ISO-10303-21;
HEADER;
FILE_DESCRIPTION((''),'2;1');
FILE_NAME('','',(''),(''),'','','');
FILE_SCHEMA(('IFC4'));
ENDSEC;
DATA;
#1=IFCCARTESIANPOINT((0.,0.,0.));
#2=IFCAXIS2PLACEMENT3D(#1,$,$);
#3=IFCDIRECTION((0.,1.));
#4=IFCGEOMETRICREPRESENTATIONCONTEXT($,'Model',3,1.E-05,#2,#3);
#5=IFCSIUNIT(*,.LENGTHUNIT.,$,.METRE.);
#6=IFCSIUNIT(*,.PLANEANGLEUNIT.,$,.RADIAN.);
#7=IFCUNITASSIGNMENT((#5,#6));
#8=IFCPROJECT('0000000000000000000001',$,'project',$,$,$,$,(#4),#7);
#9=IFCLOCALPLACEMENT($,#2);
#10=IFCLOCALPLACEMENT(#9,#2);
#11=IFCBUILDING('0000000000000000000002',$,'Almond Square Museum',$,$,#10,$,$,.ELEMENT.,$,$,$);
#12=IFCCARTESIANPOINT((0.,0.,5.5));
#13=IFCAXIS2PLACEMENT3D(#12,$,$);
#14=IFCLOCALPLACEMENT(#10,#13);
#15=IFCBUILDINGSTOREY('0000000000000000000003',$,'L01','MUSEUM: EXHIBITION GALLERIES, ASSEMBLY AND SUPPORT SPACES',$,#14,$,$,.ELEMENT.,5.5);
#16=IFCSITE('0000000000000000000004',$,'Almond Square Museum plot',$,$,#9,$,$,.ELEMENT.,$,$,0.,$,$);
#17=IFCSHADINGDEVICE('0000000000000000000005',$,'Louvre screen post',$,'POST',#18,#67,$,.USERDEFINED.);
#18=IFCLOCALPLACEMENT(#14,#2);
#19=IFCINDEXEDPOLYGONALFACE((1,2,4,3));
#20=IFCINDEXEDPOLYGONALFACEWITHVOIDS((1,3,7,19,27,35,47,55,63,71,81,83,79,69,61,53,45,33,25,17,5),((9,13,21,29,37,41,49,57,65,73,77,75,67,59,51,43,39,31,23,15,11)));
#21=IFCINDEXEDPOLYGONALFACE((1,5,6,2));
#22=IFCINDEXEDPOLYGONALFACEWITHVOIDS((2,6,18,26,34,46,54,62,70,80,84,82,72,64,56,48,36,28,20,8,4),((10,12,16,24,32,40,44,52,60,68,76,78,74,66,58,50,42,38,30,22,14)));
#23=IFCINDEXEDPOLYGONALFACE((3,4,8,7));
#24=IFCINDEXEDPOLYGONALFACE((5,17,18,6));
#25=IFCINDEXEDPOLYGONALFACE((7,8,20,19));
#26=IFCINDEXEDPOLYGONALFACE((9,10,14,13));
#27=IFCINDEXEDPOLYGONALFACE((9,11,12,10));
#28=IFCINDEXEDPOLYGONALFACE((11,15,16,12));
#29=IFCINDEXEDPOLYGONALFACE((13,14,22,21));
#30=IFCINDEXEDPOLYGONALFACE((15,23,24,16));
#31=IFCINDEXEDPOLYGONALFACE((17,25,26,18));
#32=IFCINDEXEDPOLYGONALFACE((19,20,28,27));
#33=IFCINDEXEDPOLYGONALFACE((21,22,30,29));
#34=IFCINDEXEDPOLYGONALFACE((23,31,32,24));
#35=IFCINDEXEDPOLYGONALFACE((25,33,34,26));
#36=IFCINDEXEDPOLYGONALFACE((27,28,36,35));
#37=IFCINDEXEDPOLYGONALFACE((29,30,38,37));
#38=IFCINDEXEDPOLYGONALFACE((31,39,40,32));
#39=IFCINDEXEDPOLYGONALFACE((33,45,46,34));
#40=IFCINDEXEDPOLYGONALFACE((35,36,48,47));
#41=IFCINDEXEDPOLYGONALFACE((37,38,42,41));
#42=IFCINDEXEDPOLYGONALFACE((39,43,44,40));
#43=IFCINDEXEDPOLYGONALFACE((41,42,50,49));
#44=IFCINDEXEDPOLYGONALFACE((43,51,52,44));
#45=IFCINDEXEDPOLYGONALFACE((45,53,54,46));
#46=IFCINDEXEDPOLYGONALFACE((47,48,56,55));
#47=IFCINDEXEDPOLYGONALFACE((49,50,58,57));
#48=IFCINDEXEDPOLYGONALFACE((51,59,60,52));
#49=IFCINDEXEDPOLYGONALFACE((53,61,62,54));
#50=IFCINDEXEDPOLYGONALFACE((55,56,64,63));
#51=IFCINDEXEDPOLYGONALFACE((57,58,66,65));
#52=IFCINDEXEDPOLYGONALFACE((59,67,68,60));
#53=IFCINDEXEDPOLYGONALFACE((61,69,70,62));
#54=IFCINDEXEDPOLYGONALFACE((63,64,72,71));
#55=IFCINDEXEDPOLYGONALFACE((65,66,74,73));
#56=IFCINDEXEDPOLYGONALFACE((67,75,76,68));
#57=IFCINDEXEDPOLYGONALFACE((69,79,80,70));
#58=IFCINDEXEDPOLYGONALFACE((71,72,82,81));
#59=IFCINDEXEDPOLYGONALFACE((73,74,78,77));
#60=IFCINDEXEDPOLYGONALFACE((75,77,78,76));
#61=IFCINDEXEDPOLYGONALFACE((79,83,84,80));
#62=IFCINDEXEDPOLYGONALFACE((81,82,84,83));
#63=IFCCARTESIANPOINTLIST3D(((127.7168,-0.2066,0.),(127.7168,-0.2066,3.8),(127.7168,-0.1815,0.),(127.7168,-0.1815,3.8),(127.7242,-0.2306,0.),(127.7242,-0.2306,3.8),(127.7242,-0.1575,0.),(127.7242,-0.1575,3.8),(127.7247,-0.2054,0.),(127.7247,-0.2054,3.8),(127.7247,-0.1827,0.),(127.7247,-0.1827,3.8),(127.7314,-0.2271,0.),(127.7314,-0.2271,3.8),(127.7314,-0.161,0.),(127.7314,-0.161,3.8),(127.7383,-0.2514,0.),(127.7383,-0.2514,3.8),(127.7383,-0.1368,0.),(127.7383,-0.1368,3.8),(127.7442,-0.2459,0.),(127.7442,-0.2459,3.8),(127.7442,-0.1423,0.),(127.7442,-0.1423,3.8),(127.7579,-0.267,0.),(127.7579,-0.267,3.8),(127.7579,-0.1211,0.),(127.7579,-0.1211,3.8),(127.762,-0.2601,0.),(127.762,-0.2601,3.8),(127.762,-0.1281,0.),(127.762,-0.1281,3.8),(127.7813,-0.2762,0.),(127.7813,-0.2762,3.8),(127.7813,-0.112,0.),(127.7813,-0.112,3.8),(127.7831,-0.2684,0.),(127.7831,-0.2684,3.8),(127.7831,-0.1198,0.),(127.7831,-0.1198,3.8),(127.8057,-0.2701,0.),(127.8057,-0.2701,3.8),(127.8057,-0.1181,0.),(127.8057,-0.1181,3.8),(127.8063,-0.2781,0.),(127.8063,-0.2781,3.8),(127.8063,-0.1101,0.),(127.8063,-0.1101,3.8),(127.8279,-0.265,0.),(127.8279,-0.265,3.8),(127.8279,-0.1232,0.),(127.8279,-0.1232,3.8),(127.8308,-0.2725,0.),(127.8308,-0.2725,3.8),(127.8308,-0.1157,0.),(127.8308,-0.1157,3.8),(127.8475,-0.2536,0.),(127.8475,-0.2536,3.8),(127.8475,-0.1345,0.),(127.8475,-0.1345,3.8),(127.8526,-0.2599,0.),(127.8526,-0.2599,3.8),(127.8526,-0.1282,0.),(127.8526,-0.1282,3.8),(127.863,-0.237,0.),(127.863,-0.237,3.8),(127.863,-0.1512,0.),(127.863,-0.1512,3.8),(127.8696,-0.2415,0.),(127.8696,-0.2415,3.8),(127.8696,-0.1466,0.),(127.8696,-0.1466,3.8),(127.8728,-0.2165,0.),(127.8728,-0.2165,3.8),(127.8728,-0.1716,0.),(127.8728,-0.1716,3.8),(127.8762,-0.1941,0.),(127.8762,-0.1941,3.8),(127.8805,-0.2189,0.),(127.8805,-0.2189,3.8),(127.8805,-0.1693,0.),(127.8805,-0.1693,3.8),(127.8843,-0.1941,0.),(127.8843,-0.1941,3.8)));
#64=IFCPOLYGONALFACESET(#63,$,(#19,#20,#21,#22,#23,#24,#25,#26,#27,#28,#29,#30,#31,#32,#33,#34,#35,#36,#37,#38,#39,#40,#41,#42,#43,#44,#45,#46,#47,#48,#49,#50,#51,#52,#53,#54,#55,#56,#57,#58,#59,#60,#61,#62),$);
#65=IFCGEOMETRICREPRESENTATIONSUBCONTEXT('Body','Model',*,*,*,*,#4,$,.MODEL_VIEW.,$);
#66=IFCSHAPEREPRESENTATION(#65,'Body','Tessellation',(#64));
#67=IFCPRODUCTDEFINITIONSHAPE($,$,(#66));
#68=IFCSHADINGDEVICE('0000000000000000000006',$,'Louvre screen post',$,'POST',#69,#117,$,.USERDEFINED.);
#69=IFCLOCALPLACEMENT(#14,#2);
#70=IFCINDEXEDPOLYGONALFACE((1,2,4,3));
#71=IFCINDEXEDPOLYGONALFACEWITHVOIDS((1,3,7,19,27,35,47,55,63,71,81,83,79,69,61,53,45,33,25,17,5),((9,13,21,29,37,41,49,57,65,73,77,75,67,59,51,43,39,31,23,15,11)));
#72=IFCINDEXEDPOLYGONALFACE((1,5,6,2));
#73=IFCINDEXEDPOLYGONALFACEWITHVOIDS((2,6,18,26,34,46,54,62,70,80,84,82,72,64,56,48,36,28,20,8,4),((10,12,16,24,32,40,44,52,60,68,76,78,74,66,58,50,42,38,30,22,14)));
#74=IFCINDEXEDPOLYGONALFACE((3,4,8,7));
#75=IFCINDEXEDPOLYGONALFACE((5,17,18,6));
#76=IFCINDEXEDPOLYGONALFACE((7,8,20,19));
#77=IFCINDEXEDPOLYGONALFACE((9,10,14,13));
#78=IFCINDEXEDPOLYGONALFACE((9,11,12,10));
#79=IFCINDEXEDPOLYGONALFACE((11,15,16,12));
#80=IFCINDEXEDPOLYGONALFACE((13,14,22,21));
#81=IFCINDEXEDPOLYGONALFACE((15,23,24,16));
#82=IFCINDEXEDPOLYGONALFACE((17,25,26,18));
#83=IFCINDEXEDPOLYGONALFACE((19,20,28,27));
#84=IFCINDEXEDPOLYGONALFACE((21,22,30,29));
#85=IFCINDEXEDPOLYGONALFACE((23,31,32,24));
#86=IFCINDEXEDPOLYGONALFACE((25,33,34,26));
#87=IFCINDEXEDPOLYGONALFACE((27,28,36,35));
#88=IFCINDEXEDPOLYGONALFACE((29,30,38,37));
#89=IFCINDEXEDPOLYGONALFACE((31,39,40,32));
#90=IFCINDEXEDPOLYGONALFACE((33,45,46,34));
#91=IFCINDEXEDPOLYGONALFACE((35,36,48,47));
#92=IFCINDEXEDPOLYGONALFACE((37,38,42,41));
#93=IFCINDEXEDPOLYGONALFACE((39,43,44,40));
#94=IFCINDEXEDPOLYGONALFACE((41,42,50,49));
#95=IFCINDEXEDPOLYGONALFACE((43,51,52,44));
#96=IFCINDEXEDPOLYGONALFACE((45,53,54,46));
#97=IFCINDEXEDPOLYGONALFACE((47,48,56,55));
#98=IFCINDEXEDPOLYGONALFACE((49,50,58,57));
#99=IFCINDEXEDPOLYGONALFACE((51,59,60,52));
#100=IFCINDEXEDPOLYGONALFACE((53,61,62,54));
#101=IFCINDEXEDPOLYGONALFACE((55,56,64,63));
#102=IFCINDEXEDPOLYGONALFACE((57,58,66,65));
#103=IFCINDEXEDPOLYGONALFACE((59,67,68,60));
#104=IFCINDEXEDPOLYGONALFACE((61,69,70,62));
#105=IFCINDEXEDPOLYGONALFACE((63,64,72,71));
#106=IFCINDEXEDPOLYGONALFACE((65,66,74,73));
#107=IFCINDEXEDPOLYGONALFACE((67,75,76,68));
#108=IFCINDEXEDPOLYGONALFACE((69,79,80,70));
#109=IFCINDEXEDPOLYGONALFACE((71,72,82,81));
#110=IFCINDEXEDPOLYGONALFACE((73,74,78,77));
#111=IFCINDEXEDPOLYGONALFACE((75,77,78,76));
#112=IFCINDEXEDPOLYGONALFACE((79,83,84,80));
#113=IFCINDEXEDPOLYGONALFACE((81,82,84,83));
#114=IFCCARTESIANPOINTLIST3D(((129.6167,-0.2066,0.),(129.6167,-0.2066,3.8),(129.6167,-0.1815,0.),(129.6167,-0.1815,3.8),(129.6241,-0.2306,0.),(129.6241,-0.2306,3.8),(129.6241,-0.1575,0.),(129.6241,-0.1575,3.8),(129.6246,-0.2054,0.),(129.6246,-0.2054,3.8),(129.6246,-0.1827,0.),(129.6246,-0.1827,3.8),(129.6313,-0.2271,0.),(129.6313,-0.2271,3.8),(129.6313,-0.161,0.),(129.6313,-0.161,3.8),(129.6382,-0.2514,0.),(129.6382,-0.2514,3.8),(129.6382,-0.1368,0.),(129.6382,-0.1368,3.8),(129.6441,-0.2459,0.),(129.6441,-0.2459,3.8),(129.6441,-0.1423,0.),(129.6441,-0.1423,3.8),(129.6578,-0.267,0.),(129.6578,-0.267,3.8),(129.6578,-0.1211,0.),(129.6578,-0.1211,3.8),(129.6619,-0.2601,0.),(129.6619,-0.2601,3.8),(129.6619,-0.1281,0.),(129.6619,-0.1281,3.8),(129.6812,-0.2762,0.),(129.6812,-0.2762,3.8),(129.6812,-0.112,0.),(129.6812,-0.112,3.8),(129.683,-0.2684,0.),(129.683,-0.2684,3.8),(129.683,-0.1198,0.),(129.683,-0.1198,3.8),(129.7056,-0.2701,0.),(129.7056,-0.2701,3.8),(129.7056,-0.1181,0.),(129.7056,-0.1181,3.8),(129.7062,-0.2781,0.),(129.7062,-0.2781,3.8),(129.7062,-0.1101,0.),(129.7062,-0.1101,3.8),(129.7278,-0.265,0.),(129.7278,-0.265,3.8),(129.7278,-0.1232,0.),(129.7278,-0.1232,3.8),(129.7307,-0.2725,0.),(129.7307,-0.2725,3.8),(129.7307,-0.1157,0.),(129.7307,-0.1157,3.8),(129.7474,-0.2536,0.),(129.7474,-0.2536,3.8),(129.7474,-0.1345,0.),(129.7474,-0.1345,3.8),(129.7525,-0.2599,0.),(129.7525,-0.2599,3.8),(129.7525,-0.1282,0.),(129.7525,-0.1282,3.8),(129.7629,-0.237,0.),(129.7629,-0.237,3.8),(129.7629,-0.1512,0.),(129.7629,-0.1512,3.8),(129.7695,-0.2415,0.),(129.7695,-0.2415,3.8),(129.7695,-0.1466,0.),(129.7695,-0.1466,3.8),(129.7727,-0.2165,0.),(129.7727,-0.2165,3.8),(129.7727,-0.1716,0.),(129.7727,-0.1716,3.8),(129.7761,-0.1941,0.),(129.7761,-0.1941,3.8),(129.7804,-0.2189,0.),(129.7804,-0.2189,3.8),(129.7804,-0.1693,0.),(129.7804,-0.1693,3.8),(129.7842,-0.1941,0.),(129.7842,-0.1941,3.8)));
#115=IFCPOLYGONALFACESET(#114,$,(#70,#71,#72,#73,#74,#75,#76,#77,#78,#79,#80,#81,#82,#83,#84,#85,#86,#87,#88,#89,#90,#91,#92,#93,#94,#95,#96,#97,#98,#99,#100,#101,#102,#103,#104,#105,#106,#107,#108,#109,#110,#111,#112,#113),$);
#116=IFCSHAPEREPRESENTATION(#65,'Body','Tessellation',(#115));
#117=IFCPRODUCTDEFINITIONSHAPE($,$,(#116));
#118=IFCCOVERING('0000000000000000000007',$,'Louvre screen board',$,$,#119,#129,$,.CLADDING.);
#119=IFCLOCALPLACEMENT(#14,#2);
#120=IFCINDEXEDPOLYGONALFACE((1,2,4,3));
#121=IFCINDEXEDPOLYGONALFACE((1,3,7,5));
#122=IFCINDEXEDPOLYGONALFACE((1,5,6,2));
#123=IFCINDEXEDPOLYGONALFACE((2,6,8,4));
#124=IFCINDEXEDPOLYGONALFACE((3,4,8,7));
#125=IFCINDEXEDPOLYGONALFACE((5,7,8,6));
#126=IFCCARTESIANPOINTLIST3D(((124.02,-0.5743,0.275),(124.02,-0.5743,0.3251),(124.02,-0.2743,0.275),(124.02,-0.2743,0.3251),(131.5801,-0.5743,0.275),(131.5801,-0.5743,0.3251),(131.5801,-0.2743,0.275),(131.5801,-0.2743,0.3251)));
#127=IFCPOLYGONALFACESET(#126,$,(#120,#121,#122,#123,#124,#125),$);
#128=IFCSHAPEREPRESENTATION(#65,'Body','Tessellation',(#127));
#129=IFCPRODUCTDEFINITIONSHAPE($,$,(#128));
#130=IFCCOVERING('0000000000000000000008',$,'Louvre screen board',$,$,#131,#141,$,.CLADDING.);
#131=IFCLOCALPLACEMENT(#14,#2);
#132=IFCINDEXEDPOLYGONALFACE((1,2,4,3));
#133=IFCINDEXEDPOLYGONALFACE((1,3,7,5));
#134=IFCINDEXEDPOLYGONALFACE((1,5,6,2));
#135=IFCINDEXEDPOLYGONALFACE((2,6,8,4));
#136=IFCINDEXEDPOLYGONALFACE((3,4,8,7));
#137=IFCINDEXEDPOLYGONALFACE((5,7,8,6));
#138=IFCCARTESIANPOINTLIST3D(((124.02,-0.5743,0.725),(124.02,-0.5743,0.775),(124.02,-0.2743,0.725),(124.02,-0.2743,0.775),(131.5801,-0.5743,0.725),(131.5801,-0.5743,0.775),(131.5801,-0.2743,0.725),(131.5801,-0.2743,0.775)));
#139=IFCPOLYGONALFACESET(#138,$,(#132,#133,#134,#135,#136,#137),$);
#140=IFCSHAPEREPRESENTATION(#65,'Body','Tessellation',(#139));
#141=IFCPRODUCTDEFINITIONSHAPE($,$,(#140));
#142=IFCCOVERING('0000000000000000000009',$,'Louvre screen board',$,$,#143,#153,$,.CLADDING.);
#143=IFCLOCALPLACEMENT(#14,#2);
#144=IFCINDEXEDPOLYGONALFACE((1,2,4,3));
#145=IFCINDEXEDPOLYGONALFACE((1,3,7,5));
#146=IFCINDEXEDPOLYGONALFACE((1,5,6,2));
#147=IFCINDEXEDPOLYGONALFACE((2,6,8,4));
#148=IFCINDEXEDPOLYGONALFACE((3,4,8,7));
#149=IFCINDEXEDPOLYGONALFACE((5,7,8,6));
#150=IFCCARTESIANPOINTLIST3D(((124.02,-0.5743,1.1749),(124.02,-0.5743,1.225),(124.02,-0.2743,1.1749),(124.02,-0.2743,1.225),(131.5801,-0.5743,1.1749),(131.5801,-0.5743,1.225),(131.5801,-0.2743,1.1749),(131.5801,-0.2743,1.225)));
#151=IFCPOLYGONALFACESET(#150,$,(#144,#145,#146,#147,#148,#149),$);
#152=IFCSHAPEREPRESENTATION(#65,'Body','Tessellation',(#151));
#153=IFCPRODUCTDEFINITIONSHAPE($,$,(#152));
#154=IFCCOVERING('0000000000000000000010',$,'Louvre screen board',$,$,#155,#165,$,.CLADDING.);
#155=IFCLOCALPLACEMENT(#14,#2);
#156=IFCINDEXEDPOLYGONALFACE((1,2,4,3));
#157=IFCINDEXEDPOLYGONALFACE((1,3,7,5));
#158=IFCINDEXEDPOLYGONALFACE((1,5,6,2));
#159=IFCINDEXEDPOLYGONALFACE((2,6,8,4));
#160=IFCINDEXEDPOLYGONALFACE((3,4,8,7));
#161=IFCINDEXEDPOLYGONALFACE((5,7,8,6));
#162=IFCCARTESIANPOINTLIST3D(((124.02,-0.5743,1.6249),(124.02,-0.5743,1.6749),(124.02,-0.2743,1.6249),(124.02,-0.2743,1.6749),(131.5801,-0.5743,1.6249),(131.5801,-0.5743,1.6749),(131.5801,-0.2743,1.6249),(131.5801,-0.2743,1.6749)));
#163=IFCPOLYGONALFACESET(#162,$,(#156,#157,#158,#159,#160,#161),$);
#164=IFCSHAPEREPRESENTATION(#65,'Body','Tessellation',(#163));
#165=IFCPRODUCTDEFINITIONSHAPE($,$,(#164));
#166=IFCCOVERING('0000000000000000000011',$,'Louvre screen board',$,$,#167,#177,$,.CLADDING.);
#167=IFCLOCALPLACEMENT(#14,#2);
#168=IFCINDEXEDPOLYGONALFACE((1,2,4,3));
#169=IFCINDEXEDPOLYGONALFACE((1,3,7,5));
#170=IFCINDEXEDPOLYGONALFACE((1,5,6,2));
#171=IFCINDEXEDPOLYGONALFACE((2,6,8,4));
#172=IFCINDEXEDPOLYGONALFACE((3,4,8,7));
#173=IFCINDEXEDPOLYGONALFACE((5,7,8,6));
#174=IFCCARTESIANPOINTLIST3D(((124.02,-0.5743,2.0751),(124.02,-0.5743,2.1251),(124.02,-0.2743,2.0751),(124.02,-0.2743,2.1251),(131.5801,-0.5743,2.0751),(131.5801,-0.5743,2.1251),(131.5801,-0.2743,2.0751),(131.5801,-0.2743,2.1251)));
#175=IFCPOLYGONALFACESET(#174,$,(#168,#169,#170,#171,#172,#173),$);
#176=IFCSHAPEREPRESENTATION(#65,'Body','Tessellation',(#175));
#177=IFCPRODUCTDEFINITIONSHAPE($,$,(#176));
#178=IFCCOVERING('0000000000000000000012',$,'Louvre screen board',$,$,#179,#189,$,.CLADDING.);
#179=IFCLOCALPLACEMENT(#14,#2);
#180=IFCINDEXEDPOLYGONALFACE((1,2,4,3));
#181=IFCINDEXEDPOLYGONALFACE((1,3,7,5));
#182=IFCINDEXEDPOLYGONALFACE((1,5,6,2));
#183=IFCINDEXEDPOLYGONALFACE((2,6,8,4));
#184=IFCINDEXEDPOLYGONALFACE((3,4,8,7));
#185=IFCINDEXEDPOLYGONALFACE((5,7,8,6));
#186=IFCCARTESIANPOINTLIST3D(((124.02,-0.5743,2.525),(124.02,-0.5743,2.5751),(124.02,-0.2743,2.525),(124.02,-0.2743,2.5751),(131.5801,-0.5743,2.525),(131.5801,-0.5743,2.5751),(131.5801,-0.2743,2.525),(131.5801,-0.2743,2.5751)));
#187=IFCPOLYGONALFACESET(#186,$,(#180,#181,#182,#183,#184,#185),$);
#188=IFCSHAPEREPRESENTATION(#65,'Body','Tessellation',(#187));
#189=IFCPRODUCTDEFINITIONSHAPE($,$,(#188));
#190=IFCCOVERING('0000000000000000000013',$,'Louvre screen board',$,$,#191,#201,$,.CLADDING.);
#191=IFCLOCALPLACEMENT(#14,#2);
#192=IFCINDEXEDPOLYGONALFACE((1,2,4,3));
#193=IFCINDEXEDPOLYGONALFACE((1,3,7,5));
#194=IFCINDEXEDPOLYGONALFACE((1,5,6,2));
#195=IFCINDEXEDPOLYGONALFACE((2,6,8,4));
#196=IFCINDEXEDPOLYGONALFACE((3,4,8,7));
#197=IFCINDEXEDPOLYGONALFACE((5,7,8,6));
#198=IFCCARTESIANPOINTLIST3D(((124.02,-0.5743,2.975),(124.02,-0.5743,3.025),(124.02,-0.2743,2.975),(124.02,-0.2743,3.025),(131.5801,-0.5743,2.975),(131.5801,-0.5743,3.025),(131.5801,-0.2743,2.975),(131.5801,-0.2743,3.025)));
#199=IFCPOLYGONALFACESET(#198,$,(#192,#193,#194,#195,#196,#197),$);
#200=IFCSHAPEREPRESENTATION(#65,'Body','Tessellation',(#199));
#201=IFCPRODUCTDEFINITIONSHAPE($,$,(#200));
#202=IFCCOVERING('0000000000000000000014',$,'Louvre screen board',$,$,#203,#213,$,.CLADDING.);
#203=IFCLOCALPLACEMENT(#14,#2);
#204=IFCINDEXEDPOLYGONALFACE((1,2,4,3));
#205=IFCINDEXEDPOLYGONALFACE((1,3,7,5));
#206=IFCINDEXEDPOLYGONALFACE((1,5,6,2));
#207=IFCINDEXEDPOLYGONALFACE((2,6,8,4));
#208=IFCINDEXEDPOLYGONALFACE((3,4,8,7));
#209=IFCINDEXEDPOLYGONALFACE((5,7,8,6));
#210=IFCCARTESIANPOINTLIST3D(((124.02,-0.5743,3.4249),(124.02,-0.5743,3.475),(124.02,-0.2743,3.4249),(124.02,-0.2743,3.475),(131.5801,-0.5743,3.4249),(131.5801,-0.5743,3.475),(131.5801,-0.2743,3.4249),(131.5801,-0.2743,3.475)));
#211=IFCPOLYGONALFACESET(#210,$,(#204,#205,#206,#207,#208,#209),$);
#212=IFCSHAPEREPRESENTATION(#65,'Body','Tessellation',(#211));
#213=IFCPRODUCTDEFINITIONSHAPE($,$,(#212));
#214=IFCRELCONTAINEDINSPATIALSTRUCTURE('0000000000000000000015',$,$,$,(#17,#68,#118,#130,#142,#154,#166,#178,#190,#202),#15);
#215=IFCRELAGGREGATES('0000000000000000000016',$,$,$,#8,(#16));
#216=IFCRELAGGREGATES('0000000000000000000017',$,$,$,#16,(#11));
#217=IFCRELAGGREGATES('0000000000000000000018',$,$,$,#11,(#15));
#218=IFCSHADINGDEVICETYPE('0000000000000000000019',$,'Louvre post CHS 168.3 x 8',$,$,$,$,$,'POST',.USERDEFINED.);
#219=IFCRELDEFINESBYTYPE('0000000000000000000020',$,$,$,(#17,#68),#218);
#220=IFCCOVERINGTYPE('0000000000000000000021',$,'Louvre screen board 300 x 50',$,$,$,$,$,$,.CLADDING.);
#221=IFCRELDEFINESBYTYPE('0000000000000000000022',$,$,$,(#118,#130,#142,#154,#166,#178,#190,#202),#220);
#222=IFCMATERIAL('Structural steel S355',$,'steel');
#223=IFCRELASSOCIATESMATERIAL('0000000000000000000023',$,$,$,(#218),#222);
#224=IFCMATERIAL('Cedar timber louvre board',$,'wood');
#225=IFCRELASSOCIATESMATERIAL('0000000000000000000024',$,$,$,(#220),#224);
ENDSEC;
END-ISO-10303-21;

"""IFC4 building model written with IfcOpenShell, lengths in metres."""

from ifc_helpers import new_model, si_unit, direction, frame, origin, origin_2d, place, context, subcontext, project, spatial, rectangle, hollow_circle, extrude, material, material_profile, profile_set, type_object, element, save


model = new_model("IFC4")

# Units and contexts
model_context = context("Model", 3, precision=1e-05, world=origin(), true_north=direction((0.0, 1.0)))
body_context = subcontext(model_context, "Body", "Model", "MODEL_VIEW")
ifc_project = project(units=[si_unit("LENGTHUNIT", "METRE"), si_unit("PLANEANGLEUNIT", "RADIAN")], contexts=[model_context])

# Site, building, storey
site_placement = place(None, origin())
site = spatial("IfcSite", under=ifc_project, at=site_placement, Name="Almond Square Museum plot", CompositionType="ELEMENT", RefElevation=0.0)
building_placement = place(site_placement, origin())
building = spatial("IfcBuilding", under=site, at=building_placement, Name="Almond Square Museum", CompositionType="ELEMENT")
storey_placement = place(building_placement, frame((0.0, 0.0, 5.5)))
storey = spatial("IfcBuildingStorey", under=building, at=storey_placement, Name="L01", Description="MUSEUM: EXHIBITION GALLERIES, ASSEMBLY AND SUPPORT SPACES", CompositionType="ELEMENT", Elevation=5.5)

# Shading devices
ifc_material_1 = material(Name="Structural steel S355", Category="steel")
ifc_material_profile_1 = material_profile(ifc_material_1, hollow_circle(Radius=0.0842, WallThickness=0.0081, at=origin_2d()))
ifc_profile_set_1 = profile_set([ifc_material_profile_1], Name="Structural steel S355")
shading_device_type = type_object("IfcShadingDeviceType", Name="Louvre post CHS 168.3 x 8", ElementType="POST", PredefinedType="USERDEFINED", material=ifc_profile_set_1)
for number, where, z_axis, x_axis, name in (
    (1, (127.8, -0.1941, 0.0), (0.0, 0.0, 1.0), (1.0, 0.0, 0.0), "Louvre screen post"),
    (2, (129.7, -0.1941, 0.0), (0.0, 0.0, 1.0), (1.0, 0.0, 0.0), "Louvre screen post"),
):
    element("IfcShadingDevice", number, at=place(storey_placement, frame(where, z_axis=z_axis, x_axis=x_axis)), inside=storey, type_object=shading_device_type, Name=name, ObjectType="POST", PredefinedType="USERDEFINED", context=body_context, shape_type="SweptSolid", body=[
        extrude(hollow_circle(Radius=0.0842, WallThickness=0.0081, at=origin_2d()), origin(), (0.0, 0.0, 1.0), 3.8),
    ])

# Coverings
ifc_material_2 = material(Name="Cedar timber louvre board", Category="wood")
ifc_material_profile_2 = material_profile(ifc_material_2, rectangle(XDim=0.3, YDim=0.05, at=origin_2d()))
ifc_profile_set_2 = profile_set([ifc_material_profile_2], Name="Cedar timber louvre board")
covering_type = type_object("IfcCoveringType", Name="Louvre screen board 300 x 50", PredefinedType="CLADDING", material=ifc_profile_set_2)
for number, where, z_axis, x_axis, name in (
    (3, (124.02, -0.4243, 0.3), (1.0, 0.0, 0.0), (0.0, 1.0, 0.0), "Louvre screen board"),
    (4, (124.02, -0.4243, 0.75), (1.0, 0.0, 0.0), (0.0, 1.0, 0.0), "Louvre screen board"),
    (5, (124.02, -0.4243, 1.2), (1.0, 0.0, 0.0), (0.0, 1.0, 0.0), "Louvre screen board"),
    (6, (124.02, -0.4243, 1.6499), (1.0, 0.0, 0.0), (0.0, 1.0, 0.0), "Louvre screen board"),
    (7, (124.02, -0.4243, 2.1001), (1.0, 0.0, 0.0), (0.0, 1.0, 0.0), "Louvre screen board"),
    (8, (124.02, -0.4243, 2.55), (1.0, 0.0, 0.0), (0.0, 1.0, 0.0), "Louvre screen board"),
    (9, (124.02, -0.4243, 3.0), (1.0, 0.0, 0.0), (0.0, 1.0, 0.0), "Louvre screen board"),
    (10, (124.02, -0.4243, 3.45), (1.0, 0.0, 0.0), (0.0, 1.0, 0.0), "Louvre screen board"),
):
    element("IfcCovering", number, at=place(storey_placement, frame(where, z_axis=z_axis, x_axis=x_axis)), inside=storey, type_object=covering_type, Name=name, PredefinedType="CLADDING", context=body_context, shape_type="SweptSolid", body=[
        extrude(rectangle(XDim=0.3, YDim=0.05, at=origin_2d()), origin(), (0.0, 0.0, 1.0), 7.5601),
    ])

save(model, "model.ifc")
